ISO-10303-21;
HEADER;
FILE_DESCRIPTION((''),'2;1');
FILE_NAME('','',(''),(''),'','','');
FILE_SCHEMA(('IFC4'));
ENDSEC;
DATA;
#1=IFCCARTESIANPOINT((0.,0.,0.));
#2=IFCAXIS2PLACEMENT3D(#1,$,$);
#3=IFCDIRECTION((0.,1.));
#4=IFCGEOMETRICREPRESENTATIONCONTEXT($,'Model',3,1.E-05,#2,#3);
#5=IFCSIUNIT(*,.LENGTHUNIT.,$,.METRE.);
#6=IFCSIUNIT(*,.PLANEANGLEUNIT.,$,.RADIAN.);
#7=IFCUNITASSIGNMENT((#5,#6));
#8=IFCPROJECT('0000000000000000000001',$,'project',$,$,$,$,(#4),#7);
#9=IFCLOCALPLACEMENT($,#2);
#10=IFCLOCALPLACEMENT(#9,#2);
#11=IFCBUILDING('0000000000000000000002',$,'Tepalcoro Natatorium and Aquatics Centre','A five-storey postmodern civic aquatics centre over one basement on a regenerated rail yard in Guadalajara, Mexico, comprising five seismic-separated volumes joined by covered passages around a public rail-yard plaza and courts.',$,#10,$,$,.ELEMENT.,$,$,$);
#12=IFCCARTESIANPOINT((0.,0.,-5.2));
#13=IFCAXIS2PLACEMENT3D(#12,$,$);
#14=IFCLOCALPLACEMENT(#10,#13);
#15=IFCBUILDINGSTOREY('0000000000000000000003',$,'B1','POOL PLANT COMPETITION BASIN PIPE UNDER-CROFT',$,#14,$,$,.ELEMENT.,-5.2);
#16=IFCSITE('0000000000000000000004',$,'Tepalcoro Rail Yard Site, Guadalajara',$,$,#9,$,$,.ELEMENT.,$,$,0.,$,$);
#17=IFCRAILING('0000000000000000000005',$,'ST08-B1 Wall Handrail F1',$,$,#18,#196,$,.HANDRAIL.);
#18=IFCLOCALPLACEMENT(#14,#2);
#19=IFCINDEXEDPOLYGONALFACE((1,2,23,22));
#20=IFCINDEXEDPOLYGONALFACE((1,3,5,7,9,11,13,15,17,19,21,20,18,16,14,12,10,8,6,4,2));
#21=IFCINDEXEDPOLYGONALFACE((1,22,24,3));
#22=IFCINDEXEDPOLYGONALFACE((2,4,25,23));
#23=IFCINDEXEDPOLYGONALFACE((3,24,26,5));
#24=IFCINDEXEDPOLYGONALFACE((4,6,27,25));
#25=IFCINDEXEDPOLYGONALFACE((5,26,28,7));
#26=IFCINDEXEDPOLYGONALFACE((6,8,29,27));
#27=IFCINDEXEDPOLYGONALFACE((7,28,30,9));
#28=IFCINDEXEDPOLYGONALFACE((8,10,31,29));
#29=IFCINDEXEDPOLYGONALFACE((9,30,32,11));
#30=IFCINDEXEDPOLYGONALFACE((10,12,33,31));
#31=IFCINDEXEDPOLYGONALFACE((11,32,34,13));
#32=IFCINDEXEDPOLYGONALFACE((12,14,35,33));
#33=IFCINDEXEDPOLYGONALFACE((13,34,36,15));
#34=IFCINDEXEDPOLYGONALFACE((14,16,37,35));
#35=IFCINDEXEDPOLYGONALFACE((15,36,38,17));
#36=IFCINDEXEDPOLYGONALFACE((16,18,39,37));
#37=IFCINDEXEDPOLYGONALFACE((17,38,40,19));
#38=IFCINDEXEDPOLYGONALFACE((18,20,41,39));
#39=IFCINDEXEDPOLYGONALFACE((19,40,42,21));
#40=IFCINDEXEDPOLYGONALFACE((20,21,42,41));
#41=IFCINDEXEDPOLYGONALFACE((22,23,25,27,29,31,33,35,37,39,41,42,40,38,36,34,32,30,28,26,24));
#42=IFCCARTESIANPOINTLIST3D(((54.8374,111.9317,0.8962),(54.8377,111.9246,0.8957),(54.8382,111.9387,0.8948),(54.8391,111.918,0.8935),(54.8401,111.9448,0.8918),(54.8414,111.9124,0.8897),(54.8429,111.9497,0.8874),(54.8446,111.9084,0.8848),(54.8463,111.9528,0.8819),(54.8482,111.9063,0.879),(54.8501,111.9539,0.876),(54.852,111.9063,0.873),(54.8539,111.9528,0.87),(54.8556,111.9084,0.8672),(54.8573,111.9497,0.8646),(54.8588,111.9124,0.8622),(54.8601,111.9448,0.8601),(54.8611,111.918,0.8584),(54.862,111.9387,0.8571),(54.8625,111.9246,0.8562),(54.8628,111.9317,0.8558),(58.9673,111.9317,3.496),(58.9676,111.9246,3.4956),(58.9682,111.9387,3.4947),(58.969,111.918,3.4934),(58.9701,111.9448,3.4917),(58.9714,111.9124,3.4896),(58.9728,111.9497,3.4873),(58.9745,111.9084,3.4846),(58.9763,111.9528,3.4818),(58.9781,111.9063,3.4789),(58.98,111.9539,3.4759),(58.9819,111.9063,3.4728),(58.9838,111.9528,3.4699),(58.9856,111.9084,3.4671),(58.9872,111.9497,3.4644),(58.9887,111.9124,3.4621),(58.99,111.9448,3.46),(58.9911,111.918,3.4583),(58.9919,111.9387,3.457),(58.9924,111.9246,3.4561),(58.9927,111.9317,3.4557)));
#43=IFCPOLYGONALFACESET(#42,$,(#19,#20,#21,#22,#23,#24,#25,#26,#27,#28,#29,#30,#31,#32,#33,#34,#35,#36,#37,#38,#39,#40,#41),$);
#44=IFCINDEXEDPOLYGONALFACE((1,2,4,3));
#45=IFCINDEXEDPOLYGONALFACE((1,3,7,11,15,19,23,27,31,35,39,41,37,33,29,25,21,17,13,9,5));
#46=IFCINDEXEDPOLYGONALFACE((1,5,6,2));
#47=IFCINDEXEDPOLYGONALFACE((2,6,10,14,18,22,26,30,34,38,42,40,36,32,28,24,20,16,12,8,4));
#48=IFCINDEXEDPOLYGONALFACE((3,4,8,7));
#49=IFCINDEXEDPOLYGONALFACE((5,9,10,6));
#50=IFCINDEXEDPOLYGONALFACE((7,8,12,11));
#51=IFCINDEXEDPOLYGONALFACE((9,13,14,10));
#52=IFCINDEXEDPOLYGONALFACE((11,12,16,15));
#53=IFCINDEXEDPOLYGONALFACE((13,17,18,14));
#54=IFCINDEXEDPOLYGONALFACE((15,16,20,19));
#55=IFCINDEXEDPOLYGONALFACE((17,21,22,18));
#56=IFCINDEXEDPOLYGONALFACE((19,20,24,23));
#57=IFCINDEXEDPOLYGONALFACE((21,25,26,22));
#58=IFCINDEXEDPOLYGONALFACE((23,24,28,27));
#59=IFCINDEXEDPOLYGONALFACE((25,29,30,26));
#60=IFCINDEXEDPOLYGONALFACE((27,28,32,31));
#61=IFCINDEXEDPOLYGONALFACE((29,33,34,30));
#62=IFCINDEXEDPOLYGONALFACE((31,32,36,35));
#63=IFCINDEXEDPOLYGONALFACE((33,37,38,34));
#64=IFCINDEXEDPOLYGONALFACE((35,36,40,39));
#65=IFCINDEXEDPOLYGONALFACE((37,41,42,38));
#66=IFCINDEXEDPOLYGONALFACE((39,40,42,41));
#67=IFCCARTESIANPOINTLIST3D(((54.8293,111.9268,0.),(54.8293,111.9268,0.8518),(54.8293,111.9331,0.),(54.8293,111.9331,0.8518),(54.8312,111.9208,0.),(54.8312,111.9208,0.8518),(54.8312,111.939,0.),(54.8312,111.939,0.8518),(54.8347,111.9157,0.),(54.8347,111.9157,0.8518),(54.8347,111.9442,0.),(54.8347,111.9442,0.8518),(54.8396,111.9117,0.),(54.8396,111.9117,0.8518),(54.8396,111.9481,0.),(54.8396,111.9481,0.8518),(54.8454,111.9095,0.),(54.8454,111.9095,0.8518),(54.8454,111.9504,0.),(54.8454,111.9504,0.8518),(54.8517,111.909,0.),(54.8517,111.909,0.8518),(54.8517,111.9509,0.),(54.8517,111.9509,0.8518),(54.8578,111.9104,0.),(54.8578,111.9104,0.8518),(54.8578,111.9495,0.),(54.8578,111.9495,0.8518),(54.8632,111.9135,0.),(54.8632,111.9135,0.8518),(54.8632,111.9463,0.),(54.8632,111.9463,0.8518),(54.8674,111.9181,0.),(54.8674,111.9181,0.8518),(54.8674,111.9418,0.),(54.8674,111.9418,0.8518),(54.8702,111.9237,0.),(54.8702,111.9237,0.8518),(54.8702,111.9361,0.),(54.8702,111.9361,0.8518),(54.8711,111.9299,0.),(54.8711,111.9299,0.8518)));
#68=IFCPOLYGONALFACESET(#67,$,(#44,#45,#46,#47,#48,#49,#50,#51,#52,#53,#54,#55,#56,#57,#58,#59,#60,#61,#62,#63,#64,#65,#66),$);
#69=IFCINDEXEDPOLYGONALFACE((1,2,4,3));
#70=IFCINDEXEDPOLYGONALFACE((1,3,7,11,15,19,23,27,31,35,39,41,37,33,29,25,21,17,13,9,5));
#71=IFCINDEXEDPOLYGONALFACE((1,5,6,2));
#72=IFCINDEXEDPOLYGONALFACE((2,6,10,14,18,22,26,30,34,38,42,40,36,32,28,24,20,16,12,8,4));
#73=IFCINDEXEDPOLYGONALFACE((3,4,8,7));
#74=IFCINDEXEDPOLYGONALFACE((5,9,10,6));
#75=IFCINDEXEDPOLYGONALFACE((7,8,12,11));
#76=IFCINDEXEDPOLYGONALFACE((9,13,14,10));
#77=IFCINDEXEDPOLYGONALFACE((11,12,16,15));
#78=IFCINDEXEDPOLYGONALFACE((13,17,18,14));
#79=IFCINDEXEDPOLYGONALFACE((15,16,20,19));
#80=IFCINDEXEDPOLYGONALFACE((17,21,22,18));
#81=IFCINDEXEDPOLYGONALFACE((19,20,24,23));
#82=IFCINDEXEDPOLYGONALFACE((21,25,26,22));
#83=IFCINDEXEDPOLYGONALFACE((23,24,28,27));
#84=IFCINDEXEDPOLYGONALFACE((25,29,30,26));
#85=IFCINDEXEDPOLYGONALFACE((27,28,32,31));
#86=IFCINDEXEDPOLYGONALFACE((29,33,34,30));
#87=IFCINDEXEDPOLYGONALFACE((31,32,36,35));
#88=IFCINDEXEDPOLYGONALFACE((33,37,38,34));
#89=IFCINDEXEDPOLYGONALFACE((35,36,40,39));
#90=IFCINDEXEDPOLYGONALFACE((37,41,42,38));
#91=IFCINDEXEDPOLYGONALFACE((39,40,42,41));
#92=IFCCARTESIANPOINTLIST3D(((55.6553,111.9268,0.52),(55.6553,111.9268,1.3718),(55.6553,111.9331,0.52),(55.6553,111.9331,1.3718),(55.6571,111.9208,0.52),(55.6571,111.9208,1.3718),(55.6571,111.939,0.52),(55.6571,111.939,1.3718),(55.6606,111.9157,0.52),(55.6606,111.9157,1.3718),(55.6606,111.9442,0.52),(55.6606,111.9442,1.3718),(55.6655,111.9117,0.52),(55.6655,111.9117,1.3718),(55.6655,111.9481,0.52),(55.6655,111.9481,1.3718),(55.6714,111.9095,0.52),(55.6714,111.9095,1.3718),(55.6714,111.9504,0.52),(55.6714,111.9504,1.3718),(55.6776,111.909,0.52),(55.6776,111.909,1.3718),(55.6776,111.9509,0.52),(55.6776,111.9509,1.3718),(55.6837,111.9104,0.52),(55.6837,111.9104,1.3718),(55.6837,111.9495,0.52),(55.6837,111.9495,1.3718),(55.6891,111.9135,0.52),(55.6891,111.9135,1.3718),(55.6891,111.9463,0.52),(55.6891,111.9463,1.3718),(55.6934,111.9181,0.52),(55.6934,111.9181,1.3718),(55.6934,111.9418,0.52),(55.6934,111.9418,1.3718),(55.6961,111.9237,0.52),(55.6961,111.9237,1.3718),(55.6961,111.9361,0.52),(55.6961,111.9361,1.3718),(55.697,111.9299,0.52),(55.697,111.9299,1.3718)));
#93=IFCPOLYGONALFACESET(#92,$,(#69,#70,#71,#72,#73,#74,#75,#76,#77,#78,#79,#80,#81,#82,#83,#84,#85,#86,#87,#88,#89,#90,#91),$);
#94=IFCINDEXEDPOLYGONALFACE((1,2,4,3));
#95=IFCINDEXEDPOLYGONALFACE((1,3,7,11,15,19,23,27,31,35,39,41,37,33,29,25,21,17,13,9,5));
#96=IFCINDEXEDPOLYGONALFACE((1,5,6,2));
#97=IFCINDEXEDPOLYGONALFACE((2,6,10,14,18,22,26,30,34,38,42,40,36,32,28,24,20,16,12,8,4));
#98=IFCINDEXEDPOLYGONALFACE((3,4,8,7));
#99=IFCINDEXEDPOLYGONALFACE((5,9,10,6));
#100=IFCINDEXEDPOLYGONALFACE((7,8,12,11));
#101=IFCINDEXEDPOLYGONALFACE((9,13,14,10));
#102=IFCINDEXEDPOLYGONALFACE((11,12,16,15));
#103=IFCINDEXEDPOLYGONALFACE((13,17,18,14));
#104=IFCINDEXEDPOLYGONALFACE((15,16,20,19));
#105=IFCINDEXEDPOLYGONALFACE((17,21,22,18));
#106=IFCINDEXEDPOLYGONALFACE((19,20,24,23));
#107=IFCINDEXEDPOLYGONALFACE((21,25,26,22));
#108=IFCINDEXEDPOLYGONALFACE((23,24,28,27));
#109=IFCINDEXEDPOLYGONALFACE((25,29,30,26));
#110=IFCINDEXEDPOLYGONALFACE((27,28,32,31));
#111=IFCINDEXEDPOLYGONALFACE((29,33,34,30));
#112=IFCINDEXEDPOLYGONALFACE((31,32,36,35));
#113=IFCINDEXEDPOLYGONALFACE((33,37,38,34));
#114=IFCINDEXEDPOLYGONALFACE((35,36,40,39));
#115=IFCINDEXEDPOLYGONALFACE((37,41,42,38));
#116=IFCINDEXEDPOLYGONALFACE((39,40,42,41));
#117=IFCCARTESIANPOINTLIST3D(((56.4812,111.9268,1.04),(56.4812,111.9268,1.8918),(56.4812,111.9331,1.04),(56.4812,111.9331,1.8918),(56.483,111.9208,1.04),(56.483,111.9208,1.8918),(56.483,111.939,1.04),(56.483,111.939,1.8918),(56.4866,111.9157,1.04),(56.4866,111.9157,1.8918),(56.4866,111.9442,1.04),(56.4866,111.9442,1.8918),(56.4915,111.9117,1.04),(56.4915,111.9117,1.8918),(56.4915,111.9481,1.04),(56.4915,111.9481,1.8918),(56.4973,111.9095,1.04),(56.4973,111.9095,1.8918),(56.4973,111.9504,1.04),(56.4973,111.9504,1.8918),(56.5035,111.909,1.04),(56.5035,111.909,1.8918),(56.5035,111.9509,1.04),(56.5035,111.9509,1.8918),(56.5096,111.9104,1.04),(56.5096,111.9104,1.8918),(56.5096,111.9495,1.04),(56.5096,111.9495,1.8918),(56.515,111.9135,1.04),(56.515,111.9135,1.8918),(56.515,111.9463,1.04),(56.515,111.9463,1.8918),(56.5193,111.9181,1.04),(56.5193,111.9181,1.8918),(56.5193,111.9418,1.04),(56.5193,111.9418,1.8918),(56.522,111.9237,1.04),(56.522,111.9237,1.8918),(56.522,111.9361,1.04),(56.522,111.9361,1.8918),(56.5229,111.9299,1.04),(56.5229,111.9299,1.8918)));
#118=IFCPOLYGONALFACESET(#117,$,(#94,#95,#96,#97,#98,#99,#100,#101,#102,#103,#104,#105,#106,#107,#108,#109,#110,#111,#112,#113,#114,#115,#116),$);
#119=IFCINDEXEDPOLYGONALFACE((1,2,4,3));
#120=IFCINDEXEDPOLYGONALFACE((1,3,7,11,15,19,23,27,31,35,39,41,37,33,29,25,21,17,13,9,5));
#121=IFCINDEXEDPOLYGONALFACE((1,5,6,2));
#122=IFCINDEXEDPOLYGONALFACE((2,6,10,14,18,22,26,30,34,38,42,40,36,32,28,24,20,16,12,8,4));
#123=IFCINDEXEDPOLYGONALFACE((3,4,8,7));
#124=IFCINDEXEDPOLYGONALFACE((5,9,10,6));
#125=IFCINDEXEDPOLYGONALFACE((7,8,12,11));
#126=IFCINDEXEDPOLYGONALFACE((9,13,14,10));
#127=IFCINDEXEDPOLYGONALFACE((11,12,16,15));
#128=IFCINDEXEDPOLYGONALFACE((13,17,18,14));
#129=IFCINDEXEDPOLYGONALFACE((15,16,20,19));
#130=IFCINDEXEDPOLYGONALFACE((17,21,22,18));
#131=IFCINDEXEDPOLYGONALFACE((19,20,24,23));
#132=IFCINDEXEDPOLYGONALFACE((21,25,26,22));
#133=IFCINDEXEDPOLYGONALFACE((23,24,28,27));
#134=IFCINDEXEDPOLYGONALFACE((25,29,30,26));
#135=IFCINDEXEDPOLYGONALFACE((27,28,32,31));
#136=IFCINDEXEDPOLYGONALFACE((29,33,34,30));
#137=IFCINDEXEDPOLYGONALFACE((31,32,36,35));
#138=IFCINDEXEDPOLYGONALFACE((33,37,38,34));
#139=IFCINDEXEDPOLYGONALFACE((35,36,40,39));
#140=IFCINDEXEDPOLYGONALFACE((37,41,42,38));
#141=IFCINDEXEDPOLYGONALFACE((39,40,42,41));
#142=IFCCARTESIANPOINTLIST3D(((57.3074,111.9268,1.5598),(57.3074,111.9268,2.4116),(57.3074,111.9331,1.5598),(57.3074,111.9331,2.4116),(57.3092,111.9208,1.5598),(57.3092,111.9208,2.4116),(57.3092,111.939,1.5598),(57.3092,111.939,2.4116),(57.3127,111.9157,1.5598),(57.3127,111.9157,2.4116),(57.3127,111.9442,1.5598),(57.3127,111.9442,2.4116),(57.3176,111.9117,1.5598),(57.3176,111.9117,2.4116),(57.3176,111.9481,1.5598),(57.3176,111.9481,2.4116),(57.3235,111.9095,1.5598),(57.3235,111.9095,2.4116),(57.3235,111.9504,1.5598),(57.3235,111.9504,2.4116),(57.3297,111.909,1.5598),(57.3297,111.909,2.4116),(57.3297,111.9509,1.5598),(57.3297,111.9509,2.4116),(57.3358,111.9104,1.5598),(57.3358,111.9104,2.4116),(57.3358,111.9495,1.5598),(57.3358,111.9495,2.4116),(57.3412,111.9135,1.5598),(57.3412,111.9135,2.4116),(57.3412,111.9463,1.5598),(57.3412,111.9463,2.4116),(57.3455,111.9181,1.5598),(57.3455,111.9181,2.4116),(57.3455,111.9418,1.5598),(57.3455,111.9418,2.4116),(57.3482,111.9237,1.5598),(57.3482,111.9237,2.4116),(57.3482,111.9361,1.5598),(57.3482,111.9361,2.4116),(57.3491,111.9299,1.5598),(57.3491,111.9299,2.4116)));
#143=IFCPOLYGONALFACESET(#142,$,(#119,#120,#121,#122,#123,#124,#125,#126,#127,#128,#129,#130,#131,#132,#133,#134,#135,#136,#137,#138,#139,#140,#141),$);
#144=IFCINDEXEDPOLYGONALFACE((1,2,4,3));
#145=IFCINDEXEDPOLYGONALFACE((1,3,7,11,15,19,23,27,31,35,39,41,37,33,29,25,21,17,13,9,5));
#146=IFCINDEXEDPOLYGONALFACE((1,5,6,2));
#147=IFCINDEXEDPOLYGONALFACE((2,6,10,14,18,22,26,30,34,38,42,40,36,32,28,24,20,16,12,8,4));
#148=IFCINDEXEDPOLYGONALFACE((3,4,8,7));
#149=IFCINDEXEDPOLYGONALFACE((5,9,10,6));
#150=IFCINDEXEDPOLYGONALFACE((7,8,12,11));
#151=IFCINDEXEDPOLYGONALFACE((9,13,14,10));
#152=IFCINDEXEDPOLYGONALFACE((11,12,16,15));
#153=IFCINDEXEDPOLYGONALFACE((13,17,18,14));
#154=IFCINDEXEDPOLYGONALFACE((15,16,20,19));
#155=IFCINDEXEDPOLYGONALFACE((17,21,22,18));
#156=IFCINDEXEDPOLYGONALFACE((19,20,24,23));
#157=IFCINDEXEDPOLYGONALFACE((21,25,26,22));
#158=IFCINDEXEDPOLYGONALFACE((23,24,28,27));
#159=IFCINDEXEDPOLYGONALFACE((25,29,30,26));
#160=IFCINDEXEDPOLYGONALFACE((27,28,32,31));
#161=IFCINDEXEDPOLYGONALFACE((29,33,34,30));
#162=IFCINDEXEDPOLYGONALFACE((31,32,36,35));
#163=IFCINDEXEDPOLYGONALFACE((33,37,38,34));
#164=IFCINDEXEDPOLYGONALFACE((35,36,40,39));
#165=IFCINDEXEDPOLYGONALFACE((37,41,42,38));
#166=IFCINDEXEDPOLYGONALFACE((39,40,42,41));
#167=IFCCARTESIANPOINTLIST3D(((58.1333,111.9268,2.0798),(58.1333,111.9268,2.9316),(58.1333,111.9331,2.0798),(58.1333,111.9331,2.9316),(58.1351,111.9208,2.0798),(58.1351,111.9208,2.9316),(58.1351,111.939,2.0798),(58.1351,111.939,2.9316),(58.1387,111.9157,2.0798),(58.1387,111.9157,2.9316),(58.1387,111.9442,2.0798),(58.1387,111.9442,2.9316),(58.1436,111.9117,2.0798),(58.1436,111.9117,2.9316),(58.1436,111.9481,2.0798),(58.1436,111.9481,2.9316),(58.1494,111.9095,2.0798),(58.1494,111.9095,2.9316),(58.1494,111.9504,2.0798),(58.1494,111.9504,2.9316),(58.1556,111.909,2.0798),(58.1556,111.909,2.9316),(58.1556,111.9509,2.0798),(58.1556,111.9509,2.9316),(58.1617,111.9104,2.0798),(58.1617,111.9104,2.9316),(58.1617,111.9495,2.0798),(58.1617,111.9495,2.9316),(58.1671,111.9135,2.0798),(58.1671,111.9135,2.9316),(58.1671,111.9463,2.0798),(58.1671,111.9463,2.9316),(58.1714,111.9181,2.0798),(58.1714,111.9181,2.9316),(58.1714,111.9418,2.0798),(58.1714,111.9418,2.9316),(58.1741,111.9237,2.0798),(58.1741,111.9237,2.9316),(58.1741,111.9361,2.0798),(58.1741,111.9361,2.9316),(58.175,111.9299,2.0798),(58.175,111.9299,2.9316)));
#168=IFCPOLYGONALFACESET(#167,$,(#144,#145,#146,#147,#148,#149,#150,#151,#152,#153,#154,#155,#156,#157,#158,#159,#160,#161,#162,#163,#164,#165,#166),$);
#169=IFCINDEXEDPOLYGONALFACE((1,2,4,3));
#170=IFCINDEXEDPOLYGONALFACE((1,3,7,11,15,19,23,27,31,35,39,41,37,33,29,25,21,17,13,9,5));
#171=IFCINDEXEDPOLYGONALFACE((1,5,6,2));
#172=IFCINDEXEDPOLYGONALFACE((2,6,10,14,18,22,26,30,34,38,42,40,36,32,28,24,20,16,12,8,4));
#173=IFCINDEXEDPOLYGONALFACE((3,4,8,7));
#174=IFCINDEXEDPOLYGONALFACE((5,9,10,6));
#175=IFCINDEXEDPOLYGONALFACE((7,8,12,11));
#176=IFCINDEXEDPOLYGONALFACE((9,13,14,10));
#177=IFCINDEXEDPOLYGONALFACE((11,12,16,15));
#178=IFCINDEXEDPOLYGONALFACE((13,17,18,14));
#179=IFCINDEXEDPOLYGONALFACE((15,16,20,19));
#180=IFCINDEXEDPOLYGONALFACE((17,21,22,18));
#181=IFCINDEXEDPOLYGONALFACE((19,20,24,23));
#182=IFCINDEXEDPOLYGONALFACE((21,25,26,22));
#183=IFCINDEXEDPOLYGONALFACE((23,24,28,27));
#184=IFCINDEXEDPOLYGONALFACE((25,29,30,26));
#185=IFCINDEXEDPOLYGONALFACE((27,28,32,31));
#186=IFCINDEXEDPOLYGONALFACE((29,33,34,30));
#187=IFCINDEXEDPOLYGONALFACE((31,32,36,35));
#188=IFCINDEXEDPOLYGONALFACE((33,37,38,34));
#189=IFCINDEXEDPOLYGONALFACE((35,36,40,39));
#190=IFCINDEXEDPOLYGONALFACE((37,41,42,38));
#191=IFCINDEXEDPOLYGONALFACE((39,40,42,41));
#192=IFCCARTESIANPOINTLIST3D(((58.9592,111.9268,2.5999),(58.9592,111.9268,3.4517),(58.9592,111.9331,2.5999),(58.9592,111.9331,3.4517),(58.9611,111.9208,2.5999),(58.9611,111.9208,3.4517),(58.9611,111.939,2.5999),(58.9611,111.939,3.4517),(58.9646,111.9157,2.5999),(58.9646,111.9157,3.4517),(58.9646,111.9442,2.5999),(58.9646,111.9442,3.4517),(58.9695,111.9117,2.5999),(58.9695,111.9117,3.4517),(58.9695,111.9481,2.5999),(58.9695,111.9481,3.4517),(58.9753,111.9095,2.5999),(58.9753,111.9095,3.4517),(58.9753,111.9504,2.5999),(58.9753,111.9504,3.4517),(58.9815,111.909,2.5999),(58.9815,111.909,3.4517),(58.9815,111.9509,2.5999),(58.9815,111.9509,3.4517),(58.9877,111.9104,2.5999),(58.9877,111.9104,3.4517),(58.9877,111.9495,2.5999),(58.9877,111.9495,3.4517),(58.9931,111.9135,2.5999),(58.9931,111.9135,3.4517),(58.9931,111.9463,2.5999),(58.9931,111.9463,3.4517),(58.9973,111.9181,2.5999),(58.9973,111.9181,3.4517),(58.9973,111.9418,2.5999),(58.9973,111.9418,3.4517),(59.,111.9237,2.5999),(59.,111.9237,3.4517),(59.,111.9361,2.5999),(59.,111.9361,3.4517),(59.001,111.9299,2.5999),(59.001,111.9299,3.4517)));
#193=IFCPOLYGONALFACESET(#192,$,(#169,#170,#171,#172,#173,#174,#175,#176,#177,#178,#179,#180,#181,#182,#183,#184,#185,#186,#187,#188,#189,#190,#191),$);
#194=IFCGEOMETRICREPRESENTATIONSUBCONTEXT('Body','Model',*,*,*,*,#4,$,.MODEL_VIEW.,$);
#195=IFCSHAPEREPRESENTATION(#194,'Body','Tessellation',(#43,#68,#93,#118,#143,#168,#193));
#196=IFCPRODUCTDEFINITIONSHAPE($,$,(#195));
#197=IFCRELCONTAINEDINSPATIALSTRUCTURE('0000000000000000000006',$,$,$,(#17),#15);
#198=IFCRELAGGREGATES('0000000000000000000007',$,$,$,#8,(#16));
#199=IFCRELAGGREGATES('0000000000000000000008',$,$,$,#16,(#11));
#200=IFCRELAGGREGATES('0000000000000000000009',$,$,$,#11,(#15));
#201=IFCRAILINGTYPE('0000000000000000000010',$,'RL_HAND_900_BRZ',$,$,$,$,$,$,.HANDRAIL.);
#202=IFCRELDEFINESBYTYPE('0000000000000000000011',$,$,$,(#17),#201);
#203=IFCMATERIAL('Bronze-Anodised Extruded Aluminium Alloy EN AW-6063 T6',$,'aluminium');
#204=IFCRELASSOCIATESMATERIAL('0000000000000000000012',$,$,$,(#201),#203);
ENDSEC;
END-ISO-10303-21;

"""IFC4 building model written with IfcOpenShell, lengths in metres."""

from ifc_helpers import new_model, si_unit, direction, frame, origin, origin_2d, place, context, subcontext, project, spatial, circle, extrude, material, type_object, element, save


model = new_model("IFC4")

# Units and contexts
model_context = context("Model", 3, precision=1e-05, world=origin(), true_north=direction((0.0, 1.0)))
body_context = subcontext(model_context, "Body", "Model", "MODEL_VIEW")
ifc_project = project(units=[si_unit("LENGTHUNIT", "METRE"), si_unit("PLANEANGLEUNIT", "RADIAN")], contexts=[model_context])

# Site, building, storey
site_placement = place(None, origin())
site = spatial("IfcSite", under=ifc_project, at=site_placement, Name="Tepalcoro Rail Yard Site, Guadalajara", CompositionType="ELEMENT", RefElevation=0.0)
building_placement = place(site_placement, origin())
building = spatial("IfcBuilding", under=site, at=building_placement, Name="Tepalcoro Natatorium and Aquatics Centre", Description="A five-storey postmodern civic aquatics centre over one basement on a regenerated rail yard in Guadalajara, Mexico, comprising five seismic-separated volumes joined by covered passages around a public rail-yard plaza and courts.", CompositionType="ELEMENT")
storey_placement = place(building_placement, frame((0.0, 0.0, -5.2)))
storey = spatial("IfcBuildingStorey", under=building, at=storey_placement, Name="B1", Description="POOL PLANT COMPETITION BASIN PIPE UNDER-CROFT", CompositionType="ELEMENT", Elevation=-5.2)

# Railing
ifc_material_1 = material(Name="Bronze-Anodised Extruded Aluminium Alloy EN AW-6063 T6", Category="aluminium")
railing_type_1 = type_object("IfcRailingType", Name="RL_HAND_900_BRZ", PredefinedType="HANDRAIL", material=ifc_material_1)
railing_1_placement = place(storey_placement, frame((54.8501, 111.9299, 0.0)))
element("IfcRailing", 1, at=railing_1_placement, inside=storey, type_object=railing_type_1, Name="ST08-B1 Wall Handrail F1", PredefinedType="HANDRAIL", context=body_context, shape_type="SweptSolid", body=[
    extrude(circle(Radius=0.0239, at=origin_2d()), frame((0.0, 0.0, 0.876), z_axis=(0.846274, 0.0, 0.532748), x_axis=(0.0, 1.0, 0.0)), (0.0, 0.0, 1.0), 4.8801),
    extrude(circle(Radius=0.021, at=origin_2d()), origin(), (0.0, 0.0, 1.0), 0.8518),
    extrude(circle(Radius=0.021, at=origin_2d()), frame((0.8259, 0.0, 0.52)), (0.0, 0.0, 1.0), 0.8518),
    extrude(circle(Radius=0.021, at=origin_2d()), frame((1.6519, 0.0, 1.04)), (0.0, 0.0, 1.0), 0.8518),
    extrude(circle(Radius=0.021, at=origin_2d()), frame((2.478, 0.0, 1.5598)), (0.0, 0.0, 1.0), 0.8518),
    extrude(circle(Radius=0.021, at=origin_2d()), frame((3.304, 0.0, 2.0798)), (0.0, 0.0, 1.0), 0.8518),
    extrude(circle(Radius=0.021, at=origin_2d()), frame((4.1299, 0.0, 2.5999)), (0.0, 0.0, 1.0), 0.8518),
])

save(model, "model.ifc")
